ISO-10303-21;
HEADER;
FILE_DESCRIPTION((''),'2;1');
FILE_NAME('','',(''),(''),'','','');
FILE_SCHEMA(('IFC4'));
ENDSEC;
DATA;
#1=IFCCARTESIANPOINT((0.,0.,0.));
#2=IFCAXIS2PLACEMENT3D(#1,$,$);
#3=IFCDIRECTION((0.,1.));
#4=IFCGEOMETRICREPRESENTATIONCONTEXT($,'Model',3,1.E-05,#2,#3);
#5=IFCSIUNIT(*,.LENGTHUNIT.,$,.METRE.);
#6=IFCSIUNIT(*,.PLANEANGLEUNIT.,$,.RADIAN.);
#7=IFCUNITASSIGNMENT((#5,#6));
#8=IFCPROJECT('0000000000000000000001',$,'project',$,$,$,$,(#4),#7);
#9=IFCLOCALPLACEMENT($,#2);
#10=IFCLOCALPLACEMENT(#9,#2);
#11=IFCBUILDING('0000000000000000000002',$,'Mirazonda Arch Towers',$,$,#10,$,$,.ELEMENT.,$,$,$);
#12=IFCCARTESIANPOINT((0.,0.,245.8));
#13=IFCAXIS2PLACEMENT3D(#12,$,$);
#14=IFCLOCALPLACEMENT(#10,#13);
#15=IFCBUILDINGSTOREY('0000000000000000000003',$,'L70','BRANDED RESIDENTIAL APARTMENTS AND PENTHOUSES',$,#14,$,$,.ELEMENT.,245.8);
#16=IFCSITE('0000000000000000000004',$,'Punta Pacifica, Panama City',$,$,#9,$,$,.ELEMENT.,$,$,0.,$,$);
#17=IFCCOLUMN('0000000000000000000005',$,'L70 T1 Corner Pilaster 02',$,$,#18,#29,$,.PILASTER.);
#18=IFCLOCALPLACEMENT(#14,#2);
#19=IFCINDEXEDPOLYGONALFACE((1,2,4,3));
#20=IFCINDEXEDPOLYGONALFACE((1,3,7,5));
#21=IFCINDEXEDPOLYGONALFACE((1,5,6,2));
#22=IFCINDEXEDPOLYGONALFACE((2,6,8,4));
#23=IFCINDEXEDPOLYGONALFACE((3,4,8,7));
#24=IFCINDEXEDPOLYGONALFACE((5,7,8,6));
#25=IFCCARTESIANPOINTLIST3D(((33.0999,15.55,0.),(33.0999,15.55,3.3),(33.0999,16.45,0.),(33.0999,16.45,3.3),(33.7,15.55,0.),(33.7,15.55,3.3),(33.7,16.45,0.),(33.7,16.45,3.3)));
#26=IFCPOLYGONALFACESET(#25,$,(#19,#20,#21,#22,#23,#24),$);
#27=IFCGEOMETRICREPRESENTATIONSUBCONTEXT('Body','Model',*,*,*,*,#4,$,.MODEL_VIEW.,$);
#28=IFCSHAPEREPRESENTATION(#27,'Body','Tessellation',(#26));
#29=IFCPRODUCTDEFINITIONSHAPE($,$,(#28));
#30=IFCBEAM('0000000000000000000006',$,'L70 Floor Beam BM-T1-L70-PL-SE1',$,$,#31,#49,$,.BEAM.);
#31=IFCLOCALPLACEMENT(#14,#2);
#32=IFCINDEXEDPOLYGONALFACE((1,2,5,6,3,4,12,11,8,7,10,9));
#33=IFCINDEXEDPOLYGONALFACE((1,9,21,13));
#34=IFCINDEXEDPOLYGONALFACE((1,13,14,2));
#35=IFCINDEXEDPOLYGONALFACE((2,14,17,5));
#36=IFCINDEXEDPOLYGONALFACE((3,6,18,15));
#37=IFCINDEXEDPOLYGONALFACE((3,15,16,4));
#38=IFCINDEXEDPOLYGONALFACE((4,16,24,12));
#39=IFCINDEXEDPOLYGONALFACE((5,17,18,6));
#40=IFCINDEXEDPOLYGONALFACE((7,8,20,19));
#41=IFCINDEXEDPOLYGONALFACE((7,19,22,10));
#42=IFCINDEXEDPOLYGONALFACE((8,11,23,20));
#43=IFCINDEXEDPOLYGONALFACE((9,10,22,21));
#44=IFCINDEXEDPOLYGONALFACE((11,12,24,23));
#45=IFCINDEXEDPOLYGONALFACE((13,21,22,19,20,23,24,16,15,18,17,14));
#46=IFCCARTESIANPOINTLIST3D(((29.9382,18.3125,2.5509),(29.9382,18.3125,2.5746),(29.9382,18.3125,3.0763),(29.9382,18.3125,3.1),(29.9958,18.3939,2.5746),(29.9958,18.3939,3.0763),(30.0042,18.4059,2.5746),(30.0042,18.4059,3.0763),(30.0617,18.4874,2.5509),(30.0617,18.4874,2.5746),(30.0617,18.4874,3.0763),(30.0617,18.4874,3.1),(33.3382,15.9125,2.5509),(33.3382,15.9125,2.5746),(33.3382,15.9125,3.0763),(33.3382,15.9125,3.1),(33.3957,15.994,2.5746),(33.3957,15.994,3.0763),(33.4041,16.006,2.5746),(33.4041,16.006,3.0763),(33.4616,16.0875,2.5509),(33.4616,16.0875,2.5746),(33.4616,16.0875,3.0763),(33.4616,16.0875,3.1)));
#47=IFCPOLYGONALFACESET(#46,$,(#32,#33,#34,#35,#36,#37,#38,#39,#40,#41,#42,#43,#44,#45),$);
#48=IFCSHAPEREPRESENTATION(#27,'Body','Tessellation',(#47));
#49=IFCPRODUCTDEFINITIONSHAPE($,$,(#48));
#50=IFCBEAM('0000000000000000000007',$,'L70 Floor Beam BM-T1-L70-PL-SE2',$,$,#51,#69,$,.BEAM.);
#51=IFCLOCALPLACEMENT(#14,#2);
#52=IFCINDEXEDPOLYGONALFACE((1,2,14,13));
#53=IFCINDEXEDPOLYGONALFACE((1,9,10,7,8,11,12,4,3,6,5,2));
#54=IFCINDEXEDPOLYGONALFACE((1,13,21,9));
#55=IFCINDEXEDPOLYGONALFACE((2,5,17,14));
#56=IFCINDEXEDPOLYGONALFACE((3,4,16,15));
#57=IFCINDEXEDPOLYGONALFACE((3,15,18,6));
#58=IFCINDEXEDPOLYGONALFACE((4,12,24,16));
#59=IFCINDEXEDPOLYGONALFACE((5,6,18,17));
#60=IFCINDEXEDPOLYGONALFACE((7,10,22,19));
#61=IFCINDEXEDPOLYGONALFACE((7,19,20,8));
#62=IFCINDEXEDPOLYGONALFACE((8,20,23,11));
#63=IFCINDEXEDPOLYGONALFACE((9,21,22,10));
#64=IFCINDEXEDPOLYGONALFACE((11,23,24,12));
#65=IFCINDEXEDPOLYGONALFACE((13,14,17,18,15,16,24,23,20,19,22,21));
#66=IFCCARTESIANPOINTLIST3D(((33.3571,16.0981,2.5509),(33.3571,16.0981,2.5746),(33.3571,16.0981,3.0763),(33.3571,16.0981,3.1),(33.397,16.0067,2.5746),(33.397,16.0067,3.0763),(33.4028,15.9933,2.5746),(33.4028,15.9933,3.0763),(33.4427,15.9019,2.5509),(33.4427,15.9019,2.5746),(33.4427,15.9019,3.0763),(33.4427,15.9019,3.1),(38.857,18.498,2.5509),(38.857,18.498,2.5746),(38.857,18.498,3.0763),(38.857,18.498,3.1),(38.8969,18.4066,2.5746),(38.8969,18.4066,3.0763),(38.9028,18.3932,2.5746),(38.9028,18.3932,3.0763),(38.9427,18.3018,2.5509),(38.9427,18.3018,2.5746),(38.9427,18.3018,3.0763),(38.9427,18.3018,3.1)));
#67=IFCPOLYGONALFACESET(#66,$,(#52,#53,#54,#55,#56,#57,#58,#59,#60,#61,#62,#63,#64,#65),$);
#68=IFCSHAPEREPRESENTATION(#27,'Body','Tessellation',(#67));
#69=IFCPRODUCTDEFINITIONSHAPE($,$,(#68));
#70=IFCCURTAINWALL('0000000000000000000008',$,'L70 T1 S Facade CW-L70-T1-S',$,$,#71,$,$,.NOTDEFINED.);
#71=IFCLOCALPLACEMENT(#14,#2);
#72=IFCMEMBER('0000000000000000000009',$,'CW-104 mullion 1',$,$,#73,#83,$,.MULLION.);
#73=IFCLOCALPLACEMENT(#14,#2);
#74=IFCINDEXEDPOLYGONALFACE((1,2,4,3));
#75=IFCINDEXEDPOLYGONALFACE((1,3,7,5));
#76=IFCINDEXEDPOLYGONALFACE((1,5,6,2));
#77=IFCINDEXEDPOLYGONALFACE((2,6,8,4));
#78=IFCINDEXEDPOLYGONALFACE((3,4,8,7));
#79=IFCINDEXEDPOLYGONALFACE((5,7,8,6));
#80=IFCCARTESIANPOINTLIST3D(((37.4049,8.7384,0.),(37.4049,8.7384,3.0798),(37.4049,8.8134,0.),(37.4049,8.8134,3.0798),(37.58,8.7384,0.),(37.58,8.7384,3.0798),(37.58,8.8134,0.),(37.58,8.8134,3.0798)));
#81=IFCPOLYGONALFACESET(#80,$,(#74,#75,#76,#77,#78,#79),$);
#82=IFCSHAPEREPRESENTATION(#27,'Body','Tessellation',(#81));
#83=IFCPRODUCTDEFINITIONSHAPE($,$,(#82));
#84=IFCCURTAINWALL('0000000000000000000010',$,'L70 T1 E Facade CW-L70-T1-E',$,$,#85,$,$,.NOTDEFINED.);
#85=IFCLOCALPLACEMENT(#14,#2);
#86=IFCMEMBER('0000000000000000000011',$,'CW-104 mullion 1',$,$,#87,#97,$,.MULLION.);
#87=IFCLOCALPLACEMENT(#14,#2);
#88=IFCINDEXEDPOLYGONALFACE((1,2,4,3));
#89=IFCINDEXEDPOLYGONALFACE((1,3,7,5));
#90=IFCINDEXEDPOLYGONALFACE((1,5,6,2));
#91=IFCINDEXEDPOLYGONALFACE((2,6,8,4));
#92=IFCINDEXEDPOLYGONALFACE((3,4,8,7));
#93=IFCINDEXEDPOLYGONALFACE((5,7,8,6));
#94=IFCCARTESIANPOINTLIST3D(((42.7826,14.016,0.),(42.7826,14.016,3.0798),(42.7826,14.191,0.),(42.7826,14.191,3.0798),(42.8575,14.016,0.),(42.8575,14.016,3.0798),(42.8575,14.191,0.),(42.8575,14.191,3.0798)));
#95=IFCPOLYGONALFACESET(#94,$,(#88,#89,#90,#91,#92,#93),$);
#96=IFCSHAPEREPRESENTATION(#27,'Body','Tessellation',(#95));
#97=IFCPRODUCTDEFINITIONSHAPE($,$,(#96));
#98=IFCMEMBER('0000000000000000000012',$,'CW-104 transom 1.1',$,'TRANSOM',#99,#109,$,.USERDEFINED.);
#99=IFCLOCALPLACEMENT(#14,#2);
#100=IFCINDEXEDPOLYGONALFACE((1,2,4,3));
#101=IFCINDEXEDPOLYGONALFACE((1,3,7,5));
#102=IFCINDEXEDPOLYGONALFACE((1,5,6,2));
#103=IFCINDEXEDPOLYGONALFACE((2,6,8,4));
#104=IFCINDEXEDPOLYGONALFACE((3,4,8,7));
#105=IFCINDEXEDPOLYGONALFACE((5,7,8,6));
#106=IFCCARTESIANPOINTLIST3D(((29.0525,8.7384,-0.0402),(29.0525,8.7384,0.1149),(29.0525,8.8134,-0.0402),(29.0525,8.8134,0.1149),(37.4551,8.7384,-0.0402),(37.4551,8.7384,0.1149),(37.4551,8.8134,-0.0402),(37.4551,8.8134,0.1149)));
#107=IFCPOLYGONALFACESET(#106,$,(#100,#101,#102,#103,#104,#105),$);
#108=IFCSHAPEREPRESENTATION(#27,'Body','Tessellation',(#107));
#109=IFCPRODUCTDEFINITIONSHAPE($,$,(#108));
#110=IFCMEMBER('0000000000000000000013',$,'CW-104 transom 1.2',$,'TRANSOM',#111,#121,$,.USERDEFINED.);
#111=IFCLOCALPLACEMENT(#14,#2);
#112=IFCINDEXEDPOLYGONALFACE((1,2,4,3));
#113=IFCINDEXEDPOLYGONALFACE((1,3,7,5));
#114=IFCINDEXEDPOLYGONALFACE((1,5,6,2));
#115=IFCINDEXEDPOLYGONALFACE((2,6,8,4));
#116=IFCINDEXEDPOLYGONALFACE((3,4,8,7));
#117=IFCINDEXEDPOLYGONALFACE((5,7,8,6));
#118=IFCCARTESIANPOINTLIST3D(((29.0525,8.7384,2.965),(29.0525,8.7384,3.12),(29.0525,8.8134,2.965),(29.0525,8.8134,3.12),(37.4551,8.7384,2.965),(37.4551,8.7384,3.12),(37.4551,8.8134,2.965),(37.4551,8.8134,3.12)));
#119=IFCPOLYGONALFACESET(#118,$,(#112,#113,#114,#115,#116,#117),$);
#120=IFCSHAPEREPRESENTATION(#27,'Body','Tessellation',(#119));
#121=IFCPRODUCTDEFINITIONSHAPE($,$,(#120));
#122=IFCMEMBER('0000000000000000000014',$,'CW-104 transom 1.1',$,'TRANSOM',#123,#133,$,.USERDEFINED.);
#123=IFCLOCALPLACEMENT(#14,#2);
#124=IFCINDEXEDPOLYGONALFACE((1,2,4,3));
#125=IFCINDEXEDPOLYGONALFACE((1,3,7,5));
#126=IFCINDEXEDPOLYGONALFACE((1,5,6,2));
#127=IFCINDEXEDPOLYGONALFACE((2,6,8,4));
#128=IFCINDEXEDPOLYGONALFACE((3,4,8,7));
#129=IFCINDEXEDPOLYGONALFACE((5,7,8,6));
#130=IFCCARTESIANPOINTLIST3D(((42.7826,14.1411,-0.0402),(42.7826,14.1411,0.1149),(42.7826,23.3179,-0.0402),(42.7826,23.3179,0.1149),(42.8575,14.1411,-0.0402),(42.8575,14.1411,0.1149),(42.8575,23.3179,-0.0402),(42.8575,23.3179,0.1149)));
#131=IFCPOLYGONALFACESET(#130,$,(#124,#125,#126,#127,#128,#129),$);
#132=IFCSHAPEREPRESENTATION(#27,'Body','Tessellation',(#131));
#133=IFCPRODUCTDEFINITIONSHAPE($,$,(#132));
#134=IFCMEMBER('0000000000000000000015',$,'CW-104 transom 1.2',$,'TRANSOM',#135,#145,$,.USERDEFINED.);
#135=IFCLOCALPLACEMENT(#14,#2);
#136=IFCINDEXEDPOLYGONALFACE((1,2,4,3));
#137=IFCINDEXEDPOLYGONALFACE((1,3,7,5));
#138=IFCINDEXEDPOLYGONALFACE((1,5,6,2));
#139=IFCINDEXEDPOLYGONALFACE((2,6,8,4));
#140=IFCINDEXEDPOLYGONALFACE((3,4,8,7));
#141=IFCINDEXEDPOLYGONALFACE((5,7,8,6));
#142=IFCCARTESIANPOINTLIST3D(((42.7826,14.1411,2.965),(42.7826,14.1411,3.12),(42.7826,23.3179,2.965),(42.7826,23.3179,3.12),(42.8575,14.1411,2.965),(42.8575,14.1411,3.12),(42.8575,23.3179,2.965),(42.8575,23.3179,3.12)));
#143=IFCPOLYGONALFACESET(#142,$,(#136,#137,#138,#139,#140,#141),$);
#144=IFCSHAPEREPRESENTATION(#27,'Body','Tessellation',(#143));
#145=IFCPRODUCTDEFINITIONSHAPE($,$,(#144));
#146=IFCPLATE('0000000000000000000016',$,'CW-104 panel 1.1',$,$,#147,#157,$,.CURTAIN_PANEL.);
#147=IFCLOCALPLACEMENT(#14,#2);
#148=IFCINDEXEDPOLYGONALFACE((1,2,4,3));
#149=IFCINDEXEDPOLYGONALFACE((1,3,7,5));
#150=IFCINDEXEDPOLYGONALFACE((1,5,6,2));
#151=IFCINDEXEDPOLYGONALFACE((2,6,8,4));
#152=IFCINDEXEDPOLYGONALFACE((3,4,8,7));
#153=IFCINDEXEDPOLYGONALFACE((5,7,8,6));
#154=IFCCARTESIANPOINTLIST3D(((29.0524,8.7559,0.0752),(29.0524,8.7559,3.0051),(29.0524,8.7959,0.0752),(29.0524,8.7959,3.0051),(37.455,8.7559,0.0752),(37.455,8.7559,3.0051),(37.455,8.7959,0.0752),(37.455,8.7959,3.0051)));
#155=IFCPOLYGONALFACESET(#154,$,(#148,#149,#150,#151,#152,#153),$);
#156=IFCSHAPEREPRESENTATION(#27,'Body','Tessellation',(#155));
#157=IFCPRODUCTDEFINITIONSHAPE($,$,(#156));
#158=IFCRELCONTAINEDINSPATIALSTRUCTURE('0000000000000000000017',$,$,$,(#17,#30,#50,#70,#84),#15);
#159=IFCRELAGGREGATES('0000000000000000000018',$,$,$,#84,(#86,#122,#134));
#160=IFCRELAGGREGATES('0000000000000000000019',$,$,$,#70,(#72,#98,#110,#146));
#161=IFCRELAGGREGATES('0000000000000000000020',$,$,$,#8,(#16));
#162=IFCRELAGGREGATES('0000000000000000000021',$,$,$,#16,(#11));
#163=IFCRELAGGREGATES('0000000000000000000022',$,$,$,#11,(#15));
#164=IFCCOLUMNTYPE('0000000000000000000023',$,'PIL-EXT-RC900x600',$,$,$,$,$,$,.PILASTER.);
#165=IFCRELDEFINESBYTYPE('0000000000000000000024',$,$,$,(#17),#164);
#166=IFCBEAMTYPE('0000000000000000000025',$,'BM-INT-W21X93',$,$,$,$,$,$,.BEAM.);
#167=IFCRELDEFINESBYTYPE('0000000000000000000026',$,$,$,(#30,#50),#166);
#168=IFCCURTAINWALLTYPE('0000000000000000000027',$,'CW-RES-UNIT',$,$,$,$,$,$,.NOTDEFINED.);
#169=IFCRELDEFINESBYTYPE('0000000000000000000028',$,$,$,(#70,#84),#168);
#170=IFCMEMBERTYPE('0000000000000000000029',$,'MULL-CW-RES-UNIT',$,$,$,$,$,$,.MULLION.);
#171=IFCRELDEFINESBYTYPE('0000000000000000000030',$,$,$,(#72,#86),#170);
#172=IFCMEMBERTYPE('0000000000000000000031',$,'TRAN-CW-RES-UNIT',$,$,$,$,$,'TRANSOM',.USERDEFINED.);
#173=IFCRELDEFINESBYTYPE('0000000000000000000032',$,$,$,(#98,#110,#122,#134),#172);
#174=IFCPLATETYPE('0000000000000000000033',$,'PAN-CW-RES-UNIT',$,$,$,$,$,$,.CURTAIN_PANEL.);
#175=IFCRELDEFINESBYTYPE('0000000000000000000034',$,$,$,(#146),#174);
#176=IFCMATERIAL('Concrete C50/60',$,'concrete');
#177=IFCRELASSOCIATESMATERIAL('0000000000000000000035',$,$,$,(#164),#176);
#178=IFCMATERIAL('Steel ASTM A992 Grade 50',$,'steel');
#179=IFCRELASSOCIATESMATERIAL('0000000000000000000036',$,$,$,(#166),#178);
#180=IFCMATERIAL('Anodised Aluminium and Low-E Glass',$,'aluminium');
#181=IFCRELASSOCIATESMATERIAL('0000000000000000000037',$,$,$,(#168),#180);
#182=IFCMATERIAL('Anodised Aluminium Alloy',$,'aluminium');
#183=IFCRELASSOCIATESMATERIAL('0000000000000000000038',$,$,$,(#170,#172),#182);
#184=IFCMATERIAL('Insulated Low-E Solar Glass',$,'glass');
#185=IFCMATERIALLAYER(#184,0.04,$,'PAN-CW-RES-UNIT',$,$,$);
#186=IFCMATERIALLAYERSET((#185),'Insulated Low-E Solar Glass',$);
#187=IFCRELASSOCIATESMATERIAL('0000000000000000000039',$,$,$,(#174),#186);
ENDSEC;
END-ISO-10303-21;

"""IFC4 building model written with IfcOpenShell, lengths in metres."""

from ifc_helpers import new_model, si_unit, direction, frame, origin, origin_2d, place, context, subcontext, project, spatial, rectangle, i_section, extrude, material, layer, layer_set, material_profile, profile_set, type_object, element, aggregate, save


model = new_model("IFC4")

# Units and contexts
model_context = context("Model", 3, precision=1e-05, world=origin(), true_north=direction((0.0, 1.0)))
body_context = subcontext(model_context, "Body", "Model", "MODEL_VIEW")
ifc_project = project(units=[si_unit("LENGTHUNIT", "METRE"), si_unit("PLANEANGLEUNIT", "RADIAN")], contexts=[model_context])

# Site, building, storey
site_placement = place(None, origin())
site = spatial("IfcSite", under=ifc_project, at=site_placement, Name="Punta Pacifica, Panama City", CompositionType="ELEMENT", RefElevation=0.0)
building_placement = place(site_placement, origin())
building = spatial("IfcBuilding", under=site, at=building_placement, Name="Mirazonda Arch Towers", CompositionType="ELEMENT")
storey_placement = place(building_placement, frame((0.0, 0.0, 245.8)))
storey = spatial("IfcBuildingStorey", under=building, at=storey_placement, Name="L70", Description="BRANDED RESIDENTIAL APARTMENTS AND PENTHOUSES", CompositionType="ELEMENT", Elevation=245.8)

# Column
ifc_material_1 = material(Name="Concrete C50/60", Category="concrete")
ifc_material_profile_1 = material_profile(ifc_material_1, rectangle(XDim=0.6001, YDim=0.8999, at=origin_2d()), Name="RC900x600")
ifc_profile_set_1 = profile_set([ifc_material_profile_1], Name="Concrete C50/60")
column_type = type_object("IfcColumnType", Name="PIL-EXT-RC900x600", PredefinedType="PILASTER", material=ifc_profile_set_1)
column_placement = place(storey_placement, frame((33.3999, 16.0, 0.0), z_axis=(0.0, 0.0, 1.0), x_axis=(1.0, 0.0, 0.0)))
element("IfcColumn", 1, at=column_placement, inside=storey, type_object=column_type, Name="L70 T1 Corner Pilaster 02", PredefinedType="PILASTER", context=body_context, shape_type="SweptSolid", body=[
    extrude(rectangle(XDim=0.6001, YDim=0.8999, at=origin_2d()), origin(), (0.0, 0.0, 1.0), 3.3),
])

# Beams
ifc_material_2 = material(Name="Steel ASTM A992 Grade 50", Category="steel")
ifc_material_profile_2 = material_profile(ifc_material_2, i_section(OverallWidth=0.2141, OverallDepth=0.5491, WebThickness=0.0146, FlangeThickness=0.0237, at=origin_2d()), Name="W21X93")
ifc_profile_set_2 = profile_set([ifc_material_profile_2], Name="Steel ASTM A992 Grade 50")
beam_type = type_object("IfcBeamType", Name="BM-INT-W21X93", PredefinedType="BEAM", material=ifc_profile_set_2)
beam_1_placement = place(storey_placement, frame((33.3999, 16.0, 2.8254), z_axis=(-0.816971, 0.576679, 0.0), x_axis=(-0.576679, -0.816971, 0.0)))
element("IfcBeam", 2, at=beam_1_placement, inside=storey, type_object=beam_type, Name="L70 Floor Beam BM-T1-L70-PL-SE1", PredefinedType="BEAM", context=body_context, shape_type="SweptSolid", body=[
    extrude(i_section(OverallWidth=0.2141, OverallDepth=0.5491, WebThickness=0.0146, FlangeThickness=0.0237, at=origin_2d()), origin(), (0.0, 0.0, 1.0), 4.1616),
])
beam_2_placement = place(storey_placement, frame((33.3999, 16.0, 2.8254), z_axis=(0.916545, 0.399931, 0.0), x_axis=(-0.399931, 0.916545, 0.0)))
element("IfcBeam", 3, at=beam_2_placement, inside=storey, type_object=beam_type, Name="L70 Floor Beam BM-T1-L70-PL-SE2", PredefinedType="BEAM", context=body_context, shape_type="SweptSolid", body=[
    extrude(i_section(OverallWidth=0.2141, OverallDepth=0.5491, WebThickness=0.0146, FlangeThickness=0.0237, at=origin_2d()), origin(), (0.0, 0.0, 1.0), 6.0007),
])

# Curtain walls, members
ifc_material_3 = material(Name="Anodised Aluminium and Low-E Glass", Category="aluminium")
curtain_wall_type = type_object("IfcCurtainWallType", Name="CW-RES-UNIT", PredefinedType="NOTDEFINED", material=ifc_material_3)
curtain_wall_1_placement = place(storey_placement, origin())
curtain_wall_1 = element("IfcCurtainWall", 4, at=curtain_wall_1_placement, inside=storey, type_object=curtain_wall_type, Name="L70 T1 S Facade CW-L70-T1-S", PredefinedType="NOTDEFINED")
ifc_material_4 = material(Name="Anodised Aluminium Alloy", Category="aluminium")
ifc_material_profile_3 = material_profile(ifc_material_4, rectangle(XDim=0.075, YDim=0.175, at=origin_2d()), Name="ALU-MULL-75x175")
ifc_profile_set_3 = profile_set([ifc_material_profile_3], Name="Anodised Aluminium Alloy")
member_type_1 = type_object("IfcMemberType", Name="MULL-CW-RES-UNIT", PredefinedType="MULLION", material=ifc_profile_set_3)
member_1_placement = place(storey_placement, frame((37.4924, 8.7759, 0.0), z_axis=(0.0, 0.0, 1.0), x_axis=(0.0, -1.0, 0.0)))
member_1 = element("IfcMember", 5, at=member_1_placement, type_object=member_type_1, Name="CW-104 mullion 1", PredefinedType="MULLION", context=body_context, shape_type="SweptSolid", body=[
    extrude(rectangle(XDim=0.075, YDim=0.175, at=origin_2d()), origin(), (0.0, 0.0, 1.0), 3.0798),
])
curtain_wall_2_placement = place(storey_placement, origin())
curtain_wall_2 = element("IfcCurtainWall", 6, at=curtain_wall_2_placement, inside=storey, type_object=curtain_wall_type, Name="L70 T1 E Facade CW-L70-T1-E", PredefinedType="NOTDEFINED")
member_2_placement = place(storey_placement, frame((42.8201, 14.1035, 0.0), z_axis=(0.0, 0.0, 1.0), x_axis=(-1.0, 0.0, 0.0)))
member_2 = element("IfcMember", 7, at=member_2_placement, type_object=member_type_1, Name="CW-104 mullion 1", PredefinedType="MULLION", context=body_context, shape_type="SweptSolid", body=[
    extrude(rectangle(XDim=0.075, YDim=0.175, at=origin_2d()), origin(), (0.0, 0.0, 1.0), 3.0798),
])

# Members
ifc_material_profile_4 = material_profile(ifc_material_4, rectangle(XDim=0.075, YDim=0.155, at=origin_2d()), Name="ALU-TRAN-75x155")
ifc_profile_set_4 = profile_set([ifc_material_profile_4], Name="Anodised Aluminium Alloy")
member_type_2 = type_object("IfcMemberType", Name="TRAN-CW-RES-UNIT", ElementType="TRANSOM", PredefinedType="USERDEFINED", material=ifc_profile_set_4)
member_3_placement = place(storey_placement, frame((37.4551, 8.7759, 0.0374), z_axis=(-1.0, 0.0, 0.0), x_axis=(0.0, -1.0, 0.0)))
member_3 = element("IfcMember", 8, at=member_3_placement, type_object=member_type_2, Name="CW-104 transom 1.1", ObjectType="TRANSOM", PredefinedType="USERDEFINED", context=body_context, shape_type="SweptSolid", body=[
    extrude(rectangle(XDim=0.075, YDim=0.155, at=origin_2d()), origin(), (0.0, 0.0, 1.0), 8.4026),
])
member_4_placement = place(storey_placement, frame((37.4551, 8.7759, 3.0425), z_axis=(-1.0, 0.0, 0.0), x_axis=(0.0, -1.0, 0.0)))
member_4 = element("IfcMember", 9, at=member_4_placement, type_object=member_type_2, Name="CW-104 transom 1.2", ObjectType="TRANSOM", PredefinedType="USERDEFINED", context=body_context, shape_type="SweptSolid", body=[
    extrude(rectangle(XDim=0.075, YDim=0.155, at=origin_2d()), origin(), (0.0, 0.0, 1.0), 8.4026),
])
member_5_placement = place(storey_placement, frame((42.8201, 14.1411, 0.0374), z_axis=(0.0, 1.0, 0.0), x_axis=(-1.0, 0.0, 0.0)))
member_5 = element("IfcMember", 10, at=member_5_placement, type_object=member_type_2, Name="CW-104 transom 1.1", ObjectType="TRANSOM", PredefinedType="USERDEFINED", context=body_context, shape_type="SweptSolid", body=[
    extrude(rectangle(XDim=0.075, YDim=0.155, at=origin_2d()), origin(), (0.0, 0.0, 1.0), 9.1768),
])
member_6_placement = place(storey_placement, frame((42.8201, 14.1411, 3.0425), z_axis=(0.0, 1.0, 0.0), x_axis=(-1.0, 0.0, 0.0)))
member_6 = element("IfcMember", 11, at=member_6_placement, type_object=member_type_2, Name="CW-104 transom 1.2", ObjectType="TRANSOM", PredefinedType="USERDEFINED", context=body_context, shape_type="SweptSolid", body=[
    extrude(rectangle(XDim=0.075, YDim=0.155, at=origin_2d()), origin(), (0.0, 0.0, 1.0), 9.1768),
])
aggregate(curtain_wall_2, [member_2, member_5, member_6])

# Plate
ifc_material_5 = material(Name="Insulated Low-E Solar Glass", Category="glass")
ifc_layer_1 = layer(ifc_material_5, 0.04, Name="PAN-CW-RES-UNIT")
ifc_layer_set_1 = layer_set([ifc_layer_1], Name="Insulated Low-E Solar Glass")
plate_type = type_object("IfcPlateType", Name="PAN-CW-RES-UNIT", PredefinedType="CURTAIN_PANEL", material=ifc_layer_set_1)
plate_placement = place(storey_placement, frame((33.2537, 8.7759, 0.0752), z_axis=(0.0, 0.0, 1.0), x_axis=(-1.0, 0.0, 0.0)))
plate = element("IfcPlate", 12, at=plate_placement, type_object=plate_type, Name="CW-104 panel 1.1", PredefinedType="CURTAIN_PANEL", context=body_context, shape_type="SweptSolid", body=[
    extrude(rectangle(XDim=8.4026, YDim=0.04, at=origin_2d()), origin(), (0.0, 0.0, 1.0), 2.9299),
])
aggregate(curtain_wall_1, [member_1, member_3, member_4, plate])

save(model, "model.ifc")
